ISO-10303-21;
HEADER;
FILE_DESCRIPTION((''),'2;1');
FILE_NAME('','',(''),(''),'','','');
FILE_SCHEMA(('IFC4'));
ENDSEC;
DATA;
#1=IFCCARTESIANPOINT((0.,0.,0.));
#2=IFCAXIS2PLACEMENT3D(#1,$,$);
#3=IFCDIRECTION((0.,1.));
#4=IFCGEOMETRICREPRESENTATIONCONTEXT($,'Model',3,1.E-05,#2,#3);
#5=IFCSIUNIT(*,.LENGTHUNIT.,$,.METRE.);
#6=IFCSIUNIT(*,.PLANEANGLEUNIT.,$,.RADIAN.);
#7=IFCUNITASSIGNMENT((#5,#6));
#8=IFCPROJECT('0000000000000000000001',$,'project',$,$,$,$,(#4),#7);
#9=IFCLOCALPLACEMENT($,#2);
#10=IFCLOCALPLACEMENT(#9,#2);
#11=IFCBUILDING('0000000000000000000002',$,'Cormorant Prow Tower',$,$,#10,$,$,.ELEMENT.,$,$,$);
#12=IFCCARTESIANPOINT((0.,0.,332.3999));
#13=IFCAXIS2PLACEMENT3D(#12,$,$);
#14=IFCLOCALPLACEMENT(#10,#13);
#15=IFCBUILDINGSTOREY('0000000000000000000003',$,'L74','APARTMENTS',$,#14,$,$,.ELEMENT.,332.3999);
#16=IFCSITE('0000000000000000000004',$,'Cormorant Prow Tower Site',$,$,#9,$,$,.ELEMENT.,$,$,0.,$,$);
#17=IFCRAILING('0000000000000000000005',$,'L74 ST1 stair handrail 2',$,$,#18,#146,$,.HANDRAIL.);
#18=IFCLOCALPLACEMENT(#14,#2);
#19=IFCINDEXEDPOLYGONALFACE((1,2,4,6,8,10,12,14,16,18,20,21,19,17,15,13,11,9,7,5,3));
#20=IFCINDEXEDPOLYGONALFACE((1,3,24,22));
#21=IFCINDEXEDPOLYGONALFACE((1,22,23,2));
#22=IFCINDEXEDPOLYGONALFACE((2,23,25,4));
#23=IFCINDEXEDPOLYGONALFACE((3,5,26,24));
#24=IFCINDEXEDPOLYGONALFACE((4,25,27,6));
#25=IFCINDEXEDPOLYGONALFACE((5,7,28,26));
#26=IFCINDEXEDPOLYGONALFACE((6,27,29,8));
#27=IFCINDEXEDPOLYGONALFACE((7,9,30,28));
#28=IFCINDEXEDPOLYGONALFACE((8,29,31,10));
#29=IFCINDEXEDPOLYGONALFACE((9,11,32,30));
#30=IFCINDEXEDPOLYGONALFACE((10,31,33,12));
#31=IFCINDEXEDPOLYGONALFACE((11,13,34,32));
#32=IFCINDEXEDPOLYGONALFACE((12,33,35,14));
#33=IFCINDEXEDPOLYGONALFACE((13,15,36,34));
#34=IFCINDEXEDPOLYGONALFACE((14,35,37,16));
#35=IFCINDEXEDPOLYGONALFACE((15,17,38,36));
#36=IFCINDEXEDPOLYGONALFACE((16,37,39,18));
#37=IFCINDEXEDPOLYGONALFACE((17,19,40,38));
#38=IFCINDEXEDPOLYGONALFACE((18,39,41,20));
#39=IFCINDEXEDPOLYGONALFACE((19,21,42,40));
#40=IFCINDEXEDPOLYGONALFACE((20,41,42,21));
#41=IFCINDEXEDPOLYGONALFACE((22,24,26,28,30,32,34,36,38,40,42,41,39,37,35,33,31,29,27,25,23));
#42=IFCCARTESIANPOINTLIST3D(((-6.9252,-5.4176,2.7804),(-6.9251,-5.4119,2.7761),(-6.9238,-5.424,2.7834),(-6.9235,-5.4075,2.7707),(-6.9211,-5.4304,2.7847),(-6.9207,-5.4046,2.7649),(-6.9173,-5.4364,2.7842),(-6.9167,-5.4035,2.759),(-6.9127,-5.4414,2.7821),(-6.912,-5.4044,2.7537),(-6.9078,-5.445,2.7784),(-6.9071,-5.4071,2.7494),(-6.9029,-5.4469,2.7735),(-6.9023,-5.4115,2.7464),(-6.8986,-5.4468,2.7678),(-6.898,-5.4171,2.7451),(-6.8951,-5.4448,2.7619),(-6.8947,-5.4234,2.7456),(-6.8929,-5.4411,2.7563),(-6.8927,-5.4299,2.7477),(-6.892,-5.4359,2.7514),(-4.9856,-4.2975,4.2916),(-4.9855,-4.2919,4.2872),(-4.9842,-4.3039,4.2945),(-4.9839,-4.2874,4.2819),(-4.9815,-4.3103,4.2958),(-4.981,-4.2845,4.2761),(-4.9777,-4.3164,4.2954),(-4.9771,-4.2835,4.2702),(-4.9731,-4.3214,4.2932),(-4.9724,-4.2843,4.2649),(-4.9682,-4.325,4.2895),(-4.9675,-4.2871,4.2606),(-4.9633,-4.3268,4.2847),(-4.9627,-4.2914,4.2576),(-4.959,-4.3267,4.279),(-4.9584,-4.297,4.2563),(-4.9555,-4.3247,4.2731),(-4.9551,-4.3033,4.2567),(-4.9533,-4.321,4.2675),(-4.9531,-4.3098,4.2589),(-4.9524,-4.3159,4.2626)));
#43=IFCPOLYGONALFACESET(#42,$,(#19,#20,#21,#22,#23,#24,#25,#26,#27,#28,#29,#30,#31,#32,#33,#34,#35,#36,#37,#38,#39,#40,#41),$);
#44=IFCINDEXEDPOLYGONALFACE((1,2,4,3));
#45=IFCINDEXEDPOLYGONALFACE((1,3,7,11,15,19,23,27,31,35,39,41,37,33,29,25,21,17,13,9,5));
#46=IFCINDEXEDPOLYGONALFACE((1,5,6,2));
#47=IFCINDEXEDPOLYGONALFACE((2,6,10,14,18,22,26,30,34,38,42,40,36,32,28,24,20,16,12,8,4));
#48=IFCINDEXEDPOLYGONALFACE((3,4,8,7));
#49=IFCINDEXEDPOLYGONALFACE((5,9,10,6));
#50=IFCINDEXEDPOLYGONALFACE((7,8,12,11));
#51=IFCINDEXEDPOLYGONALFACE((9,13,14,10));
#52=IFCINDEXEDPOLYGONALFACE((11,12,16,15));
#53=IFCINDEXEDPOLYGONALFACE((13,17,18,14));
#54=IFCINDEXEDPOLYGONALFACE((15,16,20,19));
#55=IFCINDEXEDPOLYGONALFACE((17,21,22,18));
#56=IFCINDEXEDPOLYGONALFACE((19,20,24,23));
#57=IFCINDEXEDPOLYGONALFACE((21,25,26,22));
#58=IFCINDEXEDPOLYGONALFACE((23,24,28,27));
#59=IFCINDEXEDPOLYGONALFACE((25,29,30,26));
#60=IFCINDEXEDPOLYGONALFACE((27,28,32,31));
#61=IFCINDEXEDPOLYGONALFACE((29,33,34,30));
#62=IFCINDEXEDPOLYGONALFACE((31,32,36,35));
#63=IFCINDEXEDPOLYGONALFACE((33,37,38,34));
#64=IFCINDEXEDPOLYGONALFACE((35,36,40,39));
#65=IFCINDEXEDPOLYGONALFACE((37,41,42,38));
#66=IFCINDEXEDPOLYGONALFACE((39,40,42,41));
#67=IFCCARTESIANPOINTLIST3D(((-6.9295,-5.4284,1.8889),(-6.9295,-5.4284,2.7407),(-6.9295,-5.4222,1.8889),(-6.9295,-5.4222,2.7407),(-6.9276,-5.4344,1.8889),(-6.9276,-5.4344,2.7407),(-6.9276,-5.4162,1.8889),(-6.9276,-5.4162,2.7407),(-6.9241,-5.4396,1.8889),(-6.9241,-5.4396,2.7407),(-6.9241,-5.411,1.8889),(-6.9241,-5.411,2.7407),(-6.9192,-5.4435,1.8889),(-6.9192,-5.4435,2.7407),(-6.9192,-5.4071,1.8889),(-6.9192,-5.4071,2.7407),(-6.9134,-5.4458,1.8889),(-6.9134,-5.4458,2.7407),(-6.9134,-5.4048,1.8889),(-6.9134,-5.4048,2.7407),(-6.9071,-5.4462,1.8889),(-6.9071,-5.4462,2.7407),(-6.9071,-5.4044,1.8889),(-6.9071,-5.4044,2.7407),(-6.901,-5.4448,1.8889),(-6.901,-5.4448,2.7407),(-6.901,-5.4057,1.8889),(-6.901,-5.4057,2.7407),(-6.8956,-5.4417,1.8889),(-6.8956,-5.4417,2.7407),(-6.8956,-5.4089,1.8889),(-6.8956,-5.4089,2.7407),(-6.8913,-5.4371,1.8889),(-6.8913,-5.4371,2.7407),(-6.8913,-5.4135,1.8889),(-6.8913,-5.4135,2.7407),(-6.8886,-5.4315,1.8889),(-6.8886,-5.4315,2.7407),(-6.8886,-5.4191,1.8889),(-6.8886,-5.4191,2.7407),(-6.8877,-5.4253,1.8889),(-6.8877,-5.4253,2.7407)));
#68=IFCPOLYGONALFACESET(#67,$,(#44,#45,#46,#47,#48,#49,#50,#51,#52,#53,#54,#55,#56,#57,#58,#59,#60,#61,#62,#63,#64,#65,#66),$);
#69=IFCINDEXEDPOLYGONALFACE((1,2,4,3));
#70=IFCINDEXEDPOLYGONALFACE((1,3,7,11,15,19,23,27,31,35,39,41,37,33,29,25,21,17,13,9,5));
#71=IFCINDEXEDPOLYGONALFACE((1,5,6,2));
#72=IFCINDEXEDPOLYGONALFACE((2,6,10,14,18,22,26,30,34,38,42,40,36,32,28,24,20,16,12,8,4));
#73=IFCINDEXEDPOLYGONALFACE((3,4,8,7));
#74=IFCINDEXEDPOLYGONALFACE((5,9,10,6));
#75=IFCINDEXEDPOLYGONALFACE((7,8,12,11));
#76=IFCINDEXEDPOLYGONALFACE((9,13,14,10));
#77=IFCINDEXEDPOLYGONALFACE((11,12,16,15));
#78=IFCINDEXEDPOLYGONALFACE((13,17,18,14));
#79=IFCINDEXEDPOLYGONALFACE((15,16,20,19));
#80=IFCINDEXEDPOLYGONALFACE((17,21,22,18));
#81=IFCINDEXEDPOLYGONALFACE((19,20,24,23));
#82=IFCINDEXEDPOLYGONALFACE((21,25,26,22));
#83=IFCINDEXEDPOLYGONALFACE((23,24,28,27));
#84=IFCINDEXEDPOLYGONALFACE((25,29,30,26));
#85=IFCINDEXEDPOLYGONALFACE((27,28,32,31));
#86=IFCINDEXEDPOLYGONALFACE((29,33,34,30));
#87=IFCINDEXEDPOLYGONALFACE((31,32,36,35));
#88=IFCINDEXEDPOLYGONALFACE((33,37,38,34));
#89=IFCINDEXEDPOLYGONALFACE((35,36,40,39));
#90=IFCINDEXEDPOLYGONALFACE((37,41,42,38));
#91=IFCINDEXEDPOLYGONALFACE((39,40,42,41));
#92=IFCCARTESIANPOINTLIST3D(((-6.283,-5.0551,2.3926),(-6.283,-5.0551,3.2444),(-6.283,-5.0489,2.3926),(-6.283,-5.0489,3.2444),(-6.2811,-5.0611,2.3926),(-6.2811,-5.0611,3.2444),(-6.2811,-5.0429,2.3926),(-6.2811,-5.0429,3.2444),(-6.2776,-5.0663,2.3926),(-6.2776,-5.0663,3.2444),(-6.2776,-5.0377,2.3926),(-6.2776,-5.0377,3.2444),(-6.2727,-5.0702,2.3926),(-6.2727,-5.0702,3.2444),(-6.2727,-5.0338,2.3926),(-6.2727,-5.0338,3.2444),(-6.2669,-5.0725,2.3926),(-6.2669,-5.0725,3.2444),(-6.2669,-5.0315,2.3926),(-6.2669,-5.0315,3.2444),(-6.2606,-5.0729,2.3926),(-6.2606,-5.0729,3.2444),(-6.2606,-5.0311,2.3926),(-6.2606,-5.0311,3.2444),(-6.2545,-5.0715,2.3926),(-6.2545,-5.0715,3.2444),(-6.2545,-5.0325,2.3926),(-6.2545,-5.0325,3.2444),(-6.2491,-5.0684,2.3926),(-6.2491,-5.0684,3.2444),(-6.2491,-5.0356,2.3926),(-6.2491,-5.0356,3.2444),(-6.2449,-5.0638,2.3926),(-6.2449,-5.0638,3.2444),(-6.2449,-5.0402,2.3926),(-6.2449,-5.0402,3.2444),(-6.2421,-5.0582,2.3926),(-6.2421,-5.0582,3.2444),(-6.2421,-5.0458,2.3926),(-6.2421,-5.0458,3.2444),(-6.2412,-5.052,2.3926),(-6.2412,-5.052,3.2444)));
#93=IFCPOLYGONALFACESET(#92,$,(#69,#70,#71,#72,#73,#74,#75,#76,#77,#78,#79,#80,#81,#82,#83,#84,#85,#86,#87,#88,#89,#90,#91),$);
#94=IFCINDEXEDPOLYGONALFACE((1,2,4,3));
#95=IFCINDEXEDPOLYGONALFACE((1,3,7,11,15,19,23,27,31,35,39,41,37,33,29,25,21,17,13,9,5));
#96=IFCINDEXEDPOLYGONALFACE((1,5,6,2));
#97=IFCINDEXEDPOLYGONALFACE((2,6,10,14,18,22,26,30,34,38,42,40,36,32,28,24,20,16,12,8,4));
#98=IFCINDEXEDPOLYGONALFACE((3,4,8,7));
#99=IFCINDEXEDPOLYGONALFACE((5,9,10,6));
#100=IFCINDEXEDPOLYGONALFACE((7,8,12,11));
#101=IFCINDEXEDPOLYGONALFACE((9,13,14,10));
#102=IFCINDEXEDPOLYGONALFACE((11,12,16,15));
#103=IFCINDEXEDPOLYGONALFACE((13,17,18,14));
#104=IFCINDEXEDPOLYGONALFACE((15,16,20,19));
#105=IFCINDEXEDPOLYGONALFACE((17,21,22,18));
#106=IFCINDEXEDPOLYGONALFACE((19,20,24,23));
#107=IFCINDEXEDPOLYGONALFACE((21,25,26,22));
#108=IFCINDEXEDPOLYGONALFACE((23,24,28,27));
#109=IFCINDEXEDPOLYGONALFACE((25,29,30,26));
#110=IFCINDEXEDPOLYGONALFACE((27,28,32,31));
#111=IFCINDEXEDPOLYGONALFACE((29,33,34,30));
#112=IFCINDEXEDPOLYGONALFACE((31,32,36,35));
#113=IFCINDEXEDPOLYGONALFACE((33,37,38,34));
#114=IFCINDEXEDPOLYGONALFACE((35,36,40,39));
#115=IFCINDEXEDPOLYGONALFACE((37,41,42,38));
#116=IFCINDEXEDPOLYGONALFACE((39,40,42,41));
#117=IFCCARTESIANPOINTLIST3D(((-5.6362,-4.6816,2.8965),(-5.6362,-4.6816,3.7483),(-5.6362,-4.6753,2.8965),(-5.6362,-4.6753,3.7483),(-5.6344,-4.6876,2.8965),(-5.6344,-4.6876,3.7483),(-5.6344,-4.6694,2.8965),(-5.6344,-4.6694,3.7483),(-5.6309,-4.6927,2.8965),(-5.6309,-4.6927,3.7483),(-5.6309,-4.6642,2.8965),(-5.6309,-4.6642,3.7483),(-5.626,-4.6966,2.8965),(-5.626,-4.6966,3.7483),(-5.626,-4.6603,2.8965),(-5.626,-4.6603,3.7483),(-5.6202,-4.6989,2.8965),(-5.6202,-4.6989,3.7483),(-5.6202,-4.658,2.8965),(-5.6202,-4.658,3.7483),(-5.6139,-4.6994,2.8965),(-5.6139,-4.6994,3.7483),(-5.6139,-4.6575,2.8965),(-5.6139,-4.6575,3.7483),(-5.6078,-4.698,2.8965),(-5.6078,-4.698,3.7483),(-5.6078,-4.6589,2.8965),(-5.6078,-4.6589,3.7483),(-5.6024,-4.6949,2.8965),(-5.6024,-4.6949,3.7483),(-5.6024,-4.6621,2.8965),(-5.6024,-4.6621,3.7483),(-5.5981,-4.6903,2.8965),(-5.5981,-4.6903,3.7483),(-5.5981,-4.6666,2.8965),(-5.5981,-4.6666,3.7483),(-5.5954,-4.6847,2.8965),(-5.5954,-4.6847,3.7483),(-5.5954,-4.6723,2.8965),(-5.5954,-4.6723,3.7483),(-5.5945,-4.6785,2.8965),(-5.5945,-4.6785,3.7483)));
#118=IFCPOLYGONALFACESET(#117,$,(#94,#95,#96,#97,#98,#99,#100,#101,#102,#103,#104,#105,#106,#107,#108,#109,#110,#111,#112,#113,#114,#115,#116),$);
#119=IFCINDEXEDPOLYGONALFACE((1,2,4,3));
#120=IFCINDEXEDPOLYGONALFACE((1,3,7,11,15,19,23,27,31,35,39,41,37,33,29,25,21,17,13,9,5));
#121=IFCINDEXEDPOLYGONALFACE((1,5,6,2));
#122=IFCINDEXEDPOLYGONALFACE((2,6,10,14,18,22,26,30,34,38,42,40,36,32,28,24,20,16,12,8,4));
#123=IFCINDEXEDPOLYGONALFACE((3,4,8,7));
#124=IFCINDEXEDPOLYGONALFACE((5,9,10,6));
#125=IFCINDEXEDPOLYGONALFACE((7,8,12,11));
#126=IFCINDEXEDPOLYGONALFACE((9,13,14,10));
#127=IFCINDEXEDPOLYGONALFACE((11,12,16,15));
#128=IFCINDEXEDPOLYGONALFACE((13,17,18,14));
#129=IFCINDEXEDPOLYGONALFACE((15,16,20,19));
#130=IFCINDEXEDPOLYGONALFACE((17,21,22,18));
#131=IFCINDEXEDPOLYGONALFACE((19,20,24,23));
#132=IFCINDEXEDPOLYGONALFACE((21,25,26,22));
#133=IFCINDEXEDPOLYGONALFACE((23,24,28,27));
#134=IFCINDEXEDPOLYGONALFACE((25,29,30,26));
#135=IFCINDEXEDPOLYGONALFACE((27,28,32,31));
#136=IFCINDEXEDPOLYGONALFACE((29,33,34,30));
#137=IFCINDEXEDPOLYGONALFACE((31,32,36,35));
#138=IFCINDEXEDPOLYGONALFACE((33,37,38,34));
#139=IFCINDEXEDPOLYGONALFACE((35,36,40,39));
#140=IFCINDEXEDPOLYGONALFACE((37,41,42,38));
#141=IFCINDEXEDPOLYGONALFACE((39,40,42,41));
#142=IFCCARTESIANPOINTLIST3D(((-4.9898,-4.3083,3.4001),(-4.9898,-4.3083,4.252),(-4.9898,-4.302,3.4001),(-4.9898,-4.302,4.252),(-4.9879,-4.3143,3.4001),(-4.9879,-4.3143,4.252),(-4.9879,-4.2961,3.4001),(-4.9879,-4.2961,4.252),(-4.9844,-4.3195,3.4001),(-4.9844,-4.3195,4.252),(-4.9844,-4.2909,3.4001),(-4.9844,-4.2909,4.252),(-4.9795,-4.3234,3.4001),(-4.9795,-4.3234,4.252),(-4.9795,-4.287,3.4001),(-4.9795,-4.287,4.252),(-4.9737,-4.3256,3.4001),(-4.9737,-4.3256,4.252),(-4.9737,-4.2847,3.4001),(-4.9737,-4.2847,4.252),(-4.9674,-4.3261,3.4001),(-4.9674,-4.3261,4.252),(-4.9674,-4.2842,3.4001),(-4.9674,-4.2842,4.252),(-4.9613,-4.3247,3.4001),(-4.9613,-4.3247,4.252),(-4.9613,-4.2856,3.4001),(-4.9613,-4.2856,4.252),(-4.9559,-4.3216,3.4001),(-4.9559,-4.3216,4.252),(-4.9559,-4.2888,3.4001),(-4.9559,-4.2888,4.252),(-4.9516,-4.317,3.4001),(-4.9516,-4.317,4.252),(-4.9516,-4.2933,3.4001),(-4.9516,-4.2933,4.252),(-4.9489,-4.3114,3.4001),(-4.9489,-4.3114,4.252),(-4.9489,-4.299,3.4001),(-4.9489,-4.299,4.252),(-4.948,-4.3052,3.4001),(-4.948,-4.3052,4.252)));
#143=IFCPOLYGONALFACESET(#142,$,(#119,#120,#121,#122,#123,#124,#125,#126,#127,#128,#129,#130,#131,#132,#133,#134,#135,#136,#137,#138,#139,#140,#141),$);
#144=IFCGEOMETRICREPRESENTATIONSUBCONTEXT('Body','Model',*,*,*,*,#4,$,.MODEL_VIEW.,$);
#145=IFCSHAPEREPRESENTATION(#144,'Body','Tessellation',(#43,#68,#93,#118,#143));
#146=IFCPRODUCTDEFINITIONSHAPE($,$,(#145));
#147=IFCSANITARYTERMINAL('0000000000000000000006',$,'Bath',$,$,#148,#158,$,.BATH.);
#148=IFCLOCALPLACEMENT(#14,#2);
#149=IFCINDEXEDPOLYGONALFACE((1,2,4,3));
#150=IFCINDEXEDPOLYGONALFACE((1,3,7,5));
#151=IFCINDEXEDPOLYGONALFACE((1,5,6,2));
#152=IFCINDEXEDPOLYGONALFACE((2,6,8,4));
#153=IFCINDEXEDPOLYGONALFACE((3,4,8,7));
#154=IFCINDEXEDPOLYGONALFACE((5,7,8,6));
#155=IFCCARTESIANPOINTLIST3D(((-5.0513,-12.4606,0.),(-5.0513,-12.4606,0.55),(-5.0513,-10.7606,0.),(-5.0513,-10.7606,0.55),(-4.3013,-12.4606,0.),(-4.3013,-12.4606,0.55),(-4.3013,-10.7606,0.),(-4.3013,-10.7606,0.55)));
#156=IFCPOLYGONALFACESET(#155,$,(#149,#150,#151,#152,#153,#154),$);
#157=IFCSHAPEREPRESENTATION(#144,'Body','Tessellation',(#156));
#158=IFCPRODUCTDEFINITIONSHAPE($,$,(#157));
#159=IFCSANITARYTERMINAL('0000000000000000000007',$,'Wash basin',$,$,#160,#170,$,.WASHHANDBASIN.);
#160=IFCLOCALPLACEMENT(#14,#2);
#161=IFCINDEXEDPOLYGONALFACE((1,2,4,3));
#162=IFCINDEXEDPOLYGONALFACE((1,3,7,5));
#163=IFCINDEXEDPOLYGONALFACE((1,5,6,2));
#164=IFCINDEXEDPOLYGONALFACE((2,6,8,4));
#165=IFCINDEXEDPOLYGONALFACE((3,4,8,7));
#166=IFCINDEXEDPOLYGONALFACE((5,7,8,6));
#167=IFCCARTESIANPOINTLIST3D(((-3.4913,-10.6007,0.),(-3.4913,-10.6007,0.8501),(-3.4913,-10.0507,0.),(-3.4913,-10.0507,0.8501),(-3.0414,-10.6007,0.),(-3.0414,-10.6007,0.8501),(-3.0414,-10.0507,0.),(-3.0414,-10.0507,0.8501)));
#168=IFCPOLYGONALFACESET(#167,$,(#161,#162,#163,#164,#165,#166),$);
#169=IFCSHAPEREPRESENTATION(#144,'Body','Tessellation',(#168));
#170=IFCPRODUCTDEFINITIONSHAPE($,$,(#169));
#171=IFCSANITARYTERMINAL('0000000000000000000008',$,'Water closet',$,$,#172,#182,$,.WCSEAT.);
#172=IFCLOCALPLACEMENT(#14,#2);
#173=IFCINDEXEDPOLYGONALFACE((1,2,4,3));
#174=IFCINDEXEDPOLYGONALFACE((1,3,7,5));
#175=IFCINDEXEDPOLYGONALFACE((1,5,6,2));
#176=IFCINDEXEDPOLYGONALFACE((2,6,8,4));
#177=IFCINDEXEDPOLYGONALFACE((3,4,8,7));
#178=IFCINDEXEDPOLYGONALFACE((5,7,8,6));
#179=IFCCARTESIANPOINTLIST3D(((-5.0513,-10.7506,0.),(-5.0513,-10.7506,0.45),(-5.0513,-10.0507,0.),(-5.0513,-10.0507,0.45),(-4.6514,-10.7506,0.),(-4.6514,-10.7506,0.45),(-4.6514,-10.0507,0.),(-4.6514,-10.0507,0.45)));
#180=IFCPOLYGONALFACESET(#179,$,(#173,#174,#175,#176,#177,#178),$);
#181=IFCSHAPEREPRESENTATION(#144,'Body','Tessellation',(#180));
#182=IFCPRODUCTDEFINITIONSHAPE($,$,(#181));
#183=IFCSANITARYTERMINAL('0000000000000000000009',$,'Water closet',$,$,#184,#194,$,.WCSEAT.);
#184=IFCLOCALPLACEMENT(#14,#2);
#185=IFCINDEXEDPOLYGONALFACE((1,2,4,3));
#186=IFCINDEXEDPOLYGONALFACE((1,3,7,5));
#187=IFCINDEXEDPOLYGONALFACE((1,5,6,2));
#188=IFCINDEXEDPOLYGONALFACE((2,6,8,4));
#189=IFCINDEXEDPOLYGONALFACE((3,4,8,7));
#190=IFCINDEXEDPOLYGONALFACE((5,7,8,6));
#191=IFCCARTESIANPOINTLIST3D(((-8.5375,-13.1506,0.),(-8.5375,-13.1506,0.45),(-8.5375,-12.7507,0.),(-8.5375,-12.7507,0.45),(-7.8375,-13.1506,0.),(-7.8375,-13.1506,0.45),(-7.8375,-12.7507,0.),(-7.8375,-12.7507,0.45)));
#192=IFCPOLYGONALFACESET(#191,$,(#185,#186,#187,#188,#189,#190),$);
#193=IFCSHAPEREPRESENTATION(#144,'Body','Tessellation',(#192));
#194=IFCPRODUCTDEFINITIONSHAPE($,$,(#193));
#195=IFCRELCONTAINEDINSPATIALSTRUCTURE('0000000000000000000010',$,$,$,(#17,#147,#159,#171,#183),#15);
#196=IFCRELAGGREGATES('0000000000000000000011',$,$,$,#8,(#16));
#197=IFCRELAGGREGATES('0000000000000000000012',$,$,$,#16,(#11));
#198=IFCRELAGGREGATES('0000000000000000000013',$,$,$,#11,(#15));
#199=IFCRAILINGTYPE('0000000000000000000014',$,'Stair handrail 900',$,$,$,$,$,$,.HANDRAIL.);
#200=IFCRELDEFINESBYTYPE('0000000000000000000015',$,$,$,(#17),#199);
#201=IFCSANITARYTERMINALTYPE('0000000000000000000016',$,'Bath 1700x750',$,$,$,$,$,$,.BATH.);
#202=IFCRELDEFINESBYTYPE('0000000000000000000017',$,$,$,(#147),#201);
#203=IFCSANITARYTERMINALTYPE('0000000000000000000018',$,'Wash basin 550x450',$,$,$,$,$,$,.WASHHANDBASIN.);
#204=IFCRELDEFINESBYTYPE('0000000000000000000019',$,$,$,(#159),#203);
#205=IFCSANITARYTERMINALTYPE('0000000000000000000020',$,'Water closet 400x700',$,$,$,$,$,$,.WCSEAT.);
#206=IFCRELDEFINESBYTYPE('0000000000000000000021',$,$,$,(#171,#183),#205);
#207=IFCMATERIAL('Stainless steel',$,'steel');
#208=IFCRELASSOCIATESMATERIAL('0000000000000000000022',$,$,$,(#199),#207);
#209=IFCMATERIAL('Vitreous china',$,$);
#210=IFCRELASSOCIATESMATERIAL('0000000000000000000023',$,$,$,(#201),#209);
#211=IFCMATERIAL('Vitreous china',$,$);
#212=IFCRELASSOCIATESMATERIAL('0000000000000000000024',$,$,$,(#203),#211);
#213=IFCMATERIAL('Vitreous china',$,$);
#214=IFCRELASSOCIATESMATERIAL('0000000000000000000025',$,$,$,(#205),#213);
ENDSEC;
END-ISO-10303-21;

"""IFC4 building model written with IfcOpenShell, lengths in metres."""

from ifc_helpers import new_model, si_unit, direction, frame, origin, origin_2d, place, context, subcontext, project, spatial, rectangle, circle, extrude, material, type_object, element, save


model = new_model("IFC4")

# Units and contexts
model_context = context("Model", 3, precision=1e-05, world=origin(), true_north=direction((0.0, 1.0)))
body_context = subcontext(model_context, "Body", "Model", "MODEL_VIEW")
ifc_project = project(units=[si_unit("LENGTHUNIT", "METRE"), si_unit("PLANEANGLEUNIT", "RADIAN")], contexts=[model_context])

# Site, building, storey
site_placement = place(None, origin())
site = spatial("IfcSite", under=ifc_project, at=site_placement, Name="Cormorant Prow Tower Site", CompositionType="ELEMENT", RefElevation=0.0)
building_placement = place(site_placement, origin())
building = spatial("IfcBuilding", under=site, at=building_placement, Name="Cormorant Prow Tower", CompositionType="ELEMENT")
storey_placement = place(building_placement, frame((0.0, 0.0, 332.3999)))
storey = spatial("IfcBuildingStorey", under=building, at=storey_placement, Name="L74", Description="APARTMENTS", CompositionType="ELEMENT", Elevation=332.3999)

# Railing
ifc_material_1 = material(Name="Stainless steel", Category="steel")
railing_type_1 = type_object("IfcRailingType", Name="Stair handrail 900", PredefinedType="HANDRAIL", material=ifc_material_1)
railing_1_placement = place(storey_placement, frame((-6.9087, -5.4253, 1.8889)))
element("IfcRailing", 1, at=railing_1_placement, inside=storey, type_object=railing_type_1, Name="L74 ST1 stair handrail 2", PredefinedType="HANDRAIL", context=body_context, shape_type="SweptSolid", body=[
    extrude(circle(Radius=0.0239, at=origin_2d()), frame((0.0, 0.0, 0.876), z_axis=(0.71787, 0.414548, 0.559297), x_axis=(-0.500078, 0.86598, 0.0)), (0.0, 0.0, 1.0), 2.7019),
    extrude(circle(Radius=0.021, at=origin_2d()), origin(), (0.0, 0.0, 1.0), 0.8518),
    extrude(circle(Radius=0.021, at=origin_2d()), frame((0.6465, 0.3733, 0.5037)), (0.0, 0.0, 1.0), 0.8518),
    extrude(circle(Radius=0.021, at=origin_2d()), frame((1.2932, 0.7468, 1.0076)), (0.0, 0.0, 1.0), 0.8518),
    extrude(circle(Radius=0.021, at=origin_2d()), frame((1.9397, 1.1201, 1.5112)), (0.0, 0.0, 1.0), 0.8518),
])

# Sanitary terminals
ifc_material_2 = material(Name="Vitreous china")
sanitary_terminal_type_1 = type_object("IfcSanitaryTerminalType", Name="Bath 1700x750", PredefinedType="BATH", material=ifc_material_2)
sanitary_terminal_1_placement = place(storey_placement, frame((-4.6763, -11.6106, 0.0), z_axis=(0.0, 0.0, 1.0), x_axis=(0.0, 1.0, 0.0)))
element("IfcSanitaryTerminal", 2, at=sanitary_terminal_1_placement, inside=storey, type_object=sanitary_terminal_type_1, Name="Bath", PredefinedType="BATH", context=body_context, shape_type="SweptSolid", body=[
    extrude(rectangle(XDim=1.7, YDim=0.75, at=origin_2d()), origin(), (0.0, 0.0, 1.0), 0.55),
])
ifc_material_3 = material(Name="Vitreous china")
sanitary_terminal_type_2 = type_object("IfcSanitaryTerminalType", Name="Wash basin 550x450", PredefinedType="WASHHANDBASIN", material=ifc_material_3)
sanitary_terminal_2_placement = place(storey_placement, frame((-3.2664, -10.3257, 0.0), z_axis=(0.0, 0.0, 1.0), x_axis=(0.0, -1.0, 0.0)))
element("IfcSanitaryTerminal", 3, at=sanitary_terminal_2_placement, inside=storey, type_object=sanitary_terminal_type_2, Name="Wash basin", PredefinedType="WASHHANDBASIN", context=body_context, shape_type="SweptSolid", body=[
    extrude(rectangle(XDim=0.55, YDim=0.45, at=origin_2d()), origin(), (0.0, 0.0, 1.0), 0.8501),
])
ifc_material_4 = material(Name="Vitreous china")
sanitary_terminal_type_3 = type_object("IfcSanitaryTerminalType", Name="Water closet 400x700", PredefinedType="WCSEAT", material=ifc_material_4)
for number, where, z_axis, x_axis, name in (
    (4, (-4.8513, -10.4006, 0.0), (0.0, 0.0, 1.0), (1.0, 0.0, 0.0), "Water closet"),
    (5, (-8.1875, -12.9507, 0.0), (0.0, 0.0, 1.0), (0.0, -1.0, 0.0), "Water closet"),
):
    element("IfcSanitaryTerminal", number, at=place(storey_placement, frame(where, z_axis=z_axis, x_axis=x_axis)), inside=storey, type_object=sanitary_terminal_type_3, Name=name, PredefinedType="WCSEAT", context=body_context, shape_type="SweptSolid", body=[
        extrude(rectangle(XDim=0.3999, YDim=0.7, at=origin_2d()), origin(), (0.0, 0.0, 1.0), 0.45),
    ])

save(model, "model.ifc")
